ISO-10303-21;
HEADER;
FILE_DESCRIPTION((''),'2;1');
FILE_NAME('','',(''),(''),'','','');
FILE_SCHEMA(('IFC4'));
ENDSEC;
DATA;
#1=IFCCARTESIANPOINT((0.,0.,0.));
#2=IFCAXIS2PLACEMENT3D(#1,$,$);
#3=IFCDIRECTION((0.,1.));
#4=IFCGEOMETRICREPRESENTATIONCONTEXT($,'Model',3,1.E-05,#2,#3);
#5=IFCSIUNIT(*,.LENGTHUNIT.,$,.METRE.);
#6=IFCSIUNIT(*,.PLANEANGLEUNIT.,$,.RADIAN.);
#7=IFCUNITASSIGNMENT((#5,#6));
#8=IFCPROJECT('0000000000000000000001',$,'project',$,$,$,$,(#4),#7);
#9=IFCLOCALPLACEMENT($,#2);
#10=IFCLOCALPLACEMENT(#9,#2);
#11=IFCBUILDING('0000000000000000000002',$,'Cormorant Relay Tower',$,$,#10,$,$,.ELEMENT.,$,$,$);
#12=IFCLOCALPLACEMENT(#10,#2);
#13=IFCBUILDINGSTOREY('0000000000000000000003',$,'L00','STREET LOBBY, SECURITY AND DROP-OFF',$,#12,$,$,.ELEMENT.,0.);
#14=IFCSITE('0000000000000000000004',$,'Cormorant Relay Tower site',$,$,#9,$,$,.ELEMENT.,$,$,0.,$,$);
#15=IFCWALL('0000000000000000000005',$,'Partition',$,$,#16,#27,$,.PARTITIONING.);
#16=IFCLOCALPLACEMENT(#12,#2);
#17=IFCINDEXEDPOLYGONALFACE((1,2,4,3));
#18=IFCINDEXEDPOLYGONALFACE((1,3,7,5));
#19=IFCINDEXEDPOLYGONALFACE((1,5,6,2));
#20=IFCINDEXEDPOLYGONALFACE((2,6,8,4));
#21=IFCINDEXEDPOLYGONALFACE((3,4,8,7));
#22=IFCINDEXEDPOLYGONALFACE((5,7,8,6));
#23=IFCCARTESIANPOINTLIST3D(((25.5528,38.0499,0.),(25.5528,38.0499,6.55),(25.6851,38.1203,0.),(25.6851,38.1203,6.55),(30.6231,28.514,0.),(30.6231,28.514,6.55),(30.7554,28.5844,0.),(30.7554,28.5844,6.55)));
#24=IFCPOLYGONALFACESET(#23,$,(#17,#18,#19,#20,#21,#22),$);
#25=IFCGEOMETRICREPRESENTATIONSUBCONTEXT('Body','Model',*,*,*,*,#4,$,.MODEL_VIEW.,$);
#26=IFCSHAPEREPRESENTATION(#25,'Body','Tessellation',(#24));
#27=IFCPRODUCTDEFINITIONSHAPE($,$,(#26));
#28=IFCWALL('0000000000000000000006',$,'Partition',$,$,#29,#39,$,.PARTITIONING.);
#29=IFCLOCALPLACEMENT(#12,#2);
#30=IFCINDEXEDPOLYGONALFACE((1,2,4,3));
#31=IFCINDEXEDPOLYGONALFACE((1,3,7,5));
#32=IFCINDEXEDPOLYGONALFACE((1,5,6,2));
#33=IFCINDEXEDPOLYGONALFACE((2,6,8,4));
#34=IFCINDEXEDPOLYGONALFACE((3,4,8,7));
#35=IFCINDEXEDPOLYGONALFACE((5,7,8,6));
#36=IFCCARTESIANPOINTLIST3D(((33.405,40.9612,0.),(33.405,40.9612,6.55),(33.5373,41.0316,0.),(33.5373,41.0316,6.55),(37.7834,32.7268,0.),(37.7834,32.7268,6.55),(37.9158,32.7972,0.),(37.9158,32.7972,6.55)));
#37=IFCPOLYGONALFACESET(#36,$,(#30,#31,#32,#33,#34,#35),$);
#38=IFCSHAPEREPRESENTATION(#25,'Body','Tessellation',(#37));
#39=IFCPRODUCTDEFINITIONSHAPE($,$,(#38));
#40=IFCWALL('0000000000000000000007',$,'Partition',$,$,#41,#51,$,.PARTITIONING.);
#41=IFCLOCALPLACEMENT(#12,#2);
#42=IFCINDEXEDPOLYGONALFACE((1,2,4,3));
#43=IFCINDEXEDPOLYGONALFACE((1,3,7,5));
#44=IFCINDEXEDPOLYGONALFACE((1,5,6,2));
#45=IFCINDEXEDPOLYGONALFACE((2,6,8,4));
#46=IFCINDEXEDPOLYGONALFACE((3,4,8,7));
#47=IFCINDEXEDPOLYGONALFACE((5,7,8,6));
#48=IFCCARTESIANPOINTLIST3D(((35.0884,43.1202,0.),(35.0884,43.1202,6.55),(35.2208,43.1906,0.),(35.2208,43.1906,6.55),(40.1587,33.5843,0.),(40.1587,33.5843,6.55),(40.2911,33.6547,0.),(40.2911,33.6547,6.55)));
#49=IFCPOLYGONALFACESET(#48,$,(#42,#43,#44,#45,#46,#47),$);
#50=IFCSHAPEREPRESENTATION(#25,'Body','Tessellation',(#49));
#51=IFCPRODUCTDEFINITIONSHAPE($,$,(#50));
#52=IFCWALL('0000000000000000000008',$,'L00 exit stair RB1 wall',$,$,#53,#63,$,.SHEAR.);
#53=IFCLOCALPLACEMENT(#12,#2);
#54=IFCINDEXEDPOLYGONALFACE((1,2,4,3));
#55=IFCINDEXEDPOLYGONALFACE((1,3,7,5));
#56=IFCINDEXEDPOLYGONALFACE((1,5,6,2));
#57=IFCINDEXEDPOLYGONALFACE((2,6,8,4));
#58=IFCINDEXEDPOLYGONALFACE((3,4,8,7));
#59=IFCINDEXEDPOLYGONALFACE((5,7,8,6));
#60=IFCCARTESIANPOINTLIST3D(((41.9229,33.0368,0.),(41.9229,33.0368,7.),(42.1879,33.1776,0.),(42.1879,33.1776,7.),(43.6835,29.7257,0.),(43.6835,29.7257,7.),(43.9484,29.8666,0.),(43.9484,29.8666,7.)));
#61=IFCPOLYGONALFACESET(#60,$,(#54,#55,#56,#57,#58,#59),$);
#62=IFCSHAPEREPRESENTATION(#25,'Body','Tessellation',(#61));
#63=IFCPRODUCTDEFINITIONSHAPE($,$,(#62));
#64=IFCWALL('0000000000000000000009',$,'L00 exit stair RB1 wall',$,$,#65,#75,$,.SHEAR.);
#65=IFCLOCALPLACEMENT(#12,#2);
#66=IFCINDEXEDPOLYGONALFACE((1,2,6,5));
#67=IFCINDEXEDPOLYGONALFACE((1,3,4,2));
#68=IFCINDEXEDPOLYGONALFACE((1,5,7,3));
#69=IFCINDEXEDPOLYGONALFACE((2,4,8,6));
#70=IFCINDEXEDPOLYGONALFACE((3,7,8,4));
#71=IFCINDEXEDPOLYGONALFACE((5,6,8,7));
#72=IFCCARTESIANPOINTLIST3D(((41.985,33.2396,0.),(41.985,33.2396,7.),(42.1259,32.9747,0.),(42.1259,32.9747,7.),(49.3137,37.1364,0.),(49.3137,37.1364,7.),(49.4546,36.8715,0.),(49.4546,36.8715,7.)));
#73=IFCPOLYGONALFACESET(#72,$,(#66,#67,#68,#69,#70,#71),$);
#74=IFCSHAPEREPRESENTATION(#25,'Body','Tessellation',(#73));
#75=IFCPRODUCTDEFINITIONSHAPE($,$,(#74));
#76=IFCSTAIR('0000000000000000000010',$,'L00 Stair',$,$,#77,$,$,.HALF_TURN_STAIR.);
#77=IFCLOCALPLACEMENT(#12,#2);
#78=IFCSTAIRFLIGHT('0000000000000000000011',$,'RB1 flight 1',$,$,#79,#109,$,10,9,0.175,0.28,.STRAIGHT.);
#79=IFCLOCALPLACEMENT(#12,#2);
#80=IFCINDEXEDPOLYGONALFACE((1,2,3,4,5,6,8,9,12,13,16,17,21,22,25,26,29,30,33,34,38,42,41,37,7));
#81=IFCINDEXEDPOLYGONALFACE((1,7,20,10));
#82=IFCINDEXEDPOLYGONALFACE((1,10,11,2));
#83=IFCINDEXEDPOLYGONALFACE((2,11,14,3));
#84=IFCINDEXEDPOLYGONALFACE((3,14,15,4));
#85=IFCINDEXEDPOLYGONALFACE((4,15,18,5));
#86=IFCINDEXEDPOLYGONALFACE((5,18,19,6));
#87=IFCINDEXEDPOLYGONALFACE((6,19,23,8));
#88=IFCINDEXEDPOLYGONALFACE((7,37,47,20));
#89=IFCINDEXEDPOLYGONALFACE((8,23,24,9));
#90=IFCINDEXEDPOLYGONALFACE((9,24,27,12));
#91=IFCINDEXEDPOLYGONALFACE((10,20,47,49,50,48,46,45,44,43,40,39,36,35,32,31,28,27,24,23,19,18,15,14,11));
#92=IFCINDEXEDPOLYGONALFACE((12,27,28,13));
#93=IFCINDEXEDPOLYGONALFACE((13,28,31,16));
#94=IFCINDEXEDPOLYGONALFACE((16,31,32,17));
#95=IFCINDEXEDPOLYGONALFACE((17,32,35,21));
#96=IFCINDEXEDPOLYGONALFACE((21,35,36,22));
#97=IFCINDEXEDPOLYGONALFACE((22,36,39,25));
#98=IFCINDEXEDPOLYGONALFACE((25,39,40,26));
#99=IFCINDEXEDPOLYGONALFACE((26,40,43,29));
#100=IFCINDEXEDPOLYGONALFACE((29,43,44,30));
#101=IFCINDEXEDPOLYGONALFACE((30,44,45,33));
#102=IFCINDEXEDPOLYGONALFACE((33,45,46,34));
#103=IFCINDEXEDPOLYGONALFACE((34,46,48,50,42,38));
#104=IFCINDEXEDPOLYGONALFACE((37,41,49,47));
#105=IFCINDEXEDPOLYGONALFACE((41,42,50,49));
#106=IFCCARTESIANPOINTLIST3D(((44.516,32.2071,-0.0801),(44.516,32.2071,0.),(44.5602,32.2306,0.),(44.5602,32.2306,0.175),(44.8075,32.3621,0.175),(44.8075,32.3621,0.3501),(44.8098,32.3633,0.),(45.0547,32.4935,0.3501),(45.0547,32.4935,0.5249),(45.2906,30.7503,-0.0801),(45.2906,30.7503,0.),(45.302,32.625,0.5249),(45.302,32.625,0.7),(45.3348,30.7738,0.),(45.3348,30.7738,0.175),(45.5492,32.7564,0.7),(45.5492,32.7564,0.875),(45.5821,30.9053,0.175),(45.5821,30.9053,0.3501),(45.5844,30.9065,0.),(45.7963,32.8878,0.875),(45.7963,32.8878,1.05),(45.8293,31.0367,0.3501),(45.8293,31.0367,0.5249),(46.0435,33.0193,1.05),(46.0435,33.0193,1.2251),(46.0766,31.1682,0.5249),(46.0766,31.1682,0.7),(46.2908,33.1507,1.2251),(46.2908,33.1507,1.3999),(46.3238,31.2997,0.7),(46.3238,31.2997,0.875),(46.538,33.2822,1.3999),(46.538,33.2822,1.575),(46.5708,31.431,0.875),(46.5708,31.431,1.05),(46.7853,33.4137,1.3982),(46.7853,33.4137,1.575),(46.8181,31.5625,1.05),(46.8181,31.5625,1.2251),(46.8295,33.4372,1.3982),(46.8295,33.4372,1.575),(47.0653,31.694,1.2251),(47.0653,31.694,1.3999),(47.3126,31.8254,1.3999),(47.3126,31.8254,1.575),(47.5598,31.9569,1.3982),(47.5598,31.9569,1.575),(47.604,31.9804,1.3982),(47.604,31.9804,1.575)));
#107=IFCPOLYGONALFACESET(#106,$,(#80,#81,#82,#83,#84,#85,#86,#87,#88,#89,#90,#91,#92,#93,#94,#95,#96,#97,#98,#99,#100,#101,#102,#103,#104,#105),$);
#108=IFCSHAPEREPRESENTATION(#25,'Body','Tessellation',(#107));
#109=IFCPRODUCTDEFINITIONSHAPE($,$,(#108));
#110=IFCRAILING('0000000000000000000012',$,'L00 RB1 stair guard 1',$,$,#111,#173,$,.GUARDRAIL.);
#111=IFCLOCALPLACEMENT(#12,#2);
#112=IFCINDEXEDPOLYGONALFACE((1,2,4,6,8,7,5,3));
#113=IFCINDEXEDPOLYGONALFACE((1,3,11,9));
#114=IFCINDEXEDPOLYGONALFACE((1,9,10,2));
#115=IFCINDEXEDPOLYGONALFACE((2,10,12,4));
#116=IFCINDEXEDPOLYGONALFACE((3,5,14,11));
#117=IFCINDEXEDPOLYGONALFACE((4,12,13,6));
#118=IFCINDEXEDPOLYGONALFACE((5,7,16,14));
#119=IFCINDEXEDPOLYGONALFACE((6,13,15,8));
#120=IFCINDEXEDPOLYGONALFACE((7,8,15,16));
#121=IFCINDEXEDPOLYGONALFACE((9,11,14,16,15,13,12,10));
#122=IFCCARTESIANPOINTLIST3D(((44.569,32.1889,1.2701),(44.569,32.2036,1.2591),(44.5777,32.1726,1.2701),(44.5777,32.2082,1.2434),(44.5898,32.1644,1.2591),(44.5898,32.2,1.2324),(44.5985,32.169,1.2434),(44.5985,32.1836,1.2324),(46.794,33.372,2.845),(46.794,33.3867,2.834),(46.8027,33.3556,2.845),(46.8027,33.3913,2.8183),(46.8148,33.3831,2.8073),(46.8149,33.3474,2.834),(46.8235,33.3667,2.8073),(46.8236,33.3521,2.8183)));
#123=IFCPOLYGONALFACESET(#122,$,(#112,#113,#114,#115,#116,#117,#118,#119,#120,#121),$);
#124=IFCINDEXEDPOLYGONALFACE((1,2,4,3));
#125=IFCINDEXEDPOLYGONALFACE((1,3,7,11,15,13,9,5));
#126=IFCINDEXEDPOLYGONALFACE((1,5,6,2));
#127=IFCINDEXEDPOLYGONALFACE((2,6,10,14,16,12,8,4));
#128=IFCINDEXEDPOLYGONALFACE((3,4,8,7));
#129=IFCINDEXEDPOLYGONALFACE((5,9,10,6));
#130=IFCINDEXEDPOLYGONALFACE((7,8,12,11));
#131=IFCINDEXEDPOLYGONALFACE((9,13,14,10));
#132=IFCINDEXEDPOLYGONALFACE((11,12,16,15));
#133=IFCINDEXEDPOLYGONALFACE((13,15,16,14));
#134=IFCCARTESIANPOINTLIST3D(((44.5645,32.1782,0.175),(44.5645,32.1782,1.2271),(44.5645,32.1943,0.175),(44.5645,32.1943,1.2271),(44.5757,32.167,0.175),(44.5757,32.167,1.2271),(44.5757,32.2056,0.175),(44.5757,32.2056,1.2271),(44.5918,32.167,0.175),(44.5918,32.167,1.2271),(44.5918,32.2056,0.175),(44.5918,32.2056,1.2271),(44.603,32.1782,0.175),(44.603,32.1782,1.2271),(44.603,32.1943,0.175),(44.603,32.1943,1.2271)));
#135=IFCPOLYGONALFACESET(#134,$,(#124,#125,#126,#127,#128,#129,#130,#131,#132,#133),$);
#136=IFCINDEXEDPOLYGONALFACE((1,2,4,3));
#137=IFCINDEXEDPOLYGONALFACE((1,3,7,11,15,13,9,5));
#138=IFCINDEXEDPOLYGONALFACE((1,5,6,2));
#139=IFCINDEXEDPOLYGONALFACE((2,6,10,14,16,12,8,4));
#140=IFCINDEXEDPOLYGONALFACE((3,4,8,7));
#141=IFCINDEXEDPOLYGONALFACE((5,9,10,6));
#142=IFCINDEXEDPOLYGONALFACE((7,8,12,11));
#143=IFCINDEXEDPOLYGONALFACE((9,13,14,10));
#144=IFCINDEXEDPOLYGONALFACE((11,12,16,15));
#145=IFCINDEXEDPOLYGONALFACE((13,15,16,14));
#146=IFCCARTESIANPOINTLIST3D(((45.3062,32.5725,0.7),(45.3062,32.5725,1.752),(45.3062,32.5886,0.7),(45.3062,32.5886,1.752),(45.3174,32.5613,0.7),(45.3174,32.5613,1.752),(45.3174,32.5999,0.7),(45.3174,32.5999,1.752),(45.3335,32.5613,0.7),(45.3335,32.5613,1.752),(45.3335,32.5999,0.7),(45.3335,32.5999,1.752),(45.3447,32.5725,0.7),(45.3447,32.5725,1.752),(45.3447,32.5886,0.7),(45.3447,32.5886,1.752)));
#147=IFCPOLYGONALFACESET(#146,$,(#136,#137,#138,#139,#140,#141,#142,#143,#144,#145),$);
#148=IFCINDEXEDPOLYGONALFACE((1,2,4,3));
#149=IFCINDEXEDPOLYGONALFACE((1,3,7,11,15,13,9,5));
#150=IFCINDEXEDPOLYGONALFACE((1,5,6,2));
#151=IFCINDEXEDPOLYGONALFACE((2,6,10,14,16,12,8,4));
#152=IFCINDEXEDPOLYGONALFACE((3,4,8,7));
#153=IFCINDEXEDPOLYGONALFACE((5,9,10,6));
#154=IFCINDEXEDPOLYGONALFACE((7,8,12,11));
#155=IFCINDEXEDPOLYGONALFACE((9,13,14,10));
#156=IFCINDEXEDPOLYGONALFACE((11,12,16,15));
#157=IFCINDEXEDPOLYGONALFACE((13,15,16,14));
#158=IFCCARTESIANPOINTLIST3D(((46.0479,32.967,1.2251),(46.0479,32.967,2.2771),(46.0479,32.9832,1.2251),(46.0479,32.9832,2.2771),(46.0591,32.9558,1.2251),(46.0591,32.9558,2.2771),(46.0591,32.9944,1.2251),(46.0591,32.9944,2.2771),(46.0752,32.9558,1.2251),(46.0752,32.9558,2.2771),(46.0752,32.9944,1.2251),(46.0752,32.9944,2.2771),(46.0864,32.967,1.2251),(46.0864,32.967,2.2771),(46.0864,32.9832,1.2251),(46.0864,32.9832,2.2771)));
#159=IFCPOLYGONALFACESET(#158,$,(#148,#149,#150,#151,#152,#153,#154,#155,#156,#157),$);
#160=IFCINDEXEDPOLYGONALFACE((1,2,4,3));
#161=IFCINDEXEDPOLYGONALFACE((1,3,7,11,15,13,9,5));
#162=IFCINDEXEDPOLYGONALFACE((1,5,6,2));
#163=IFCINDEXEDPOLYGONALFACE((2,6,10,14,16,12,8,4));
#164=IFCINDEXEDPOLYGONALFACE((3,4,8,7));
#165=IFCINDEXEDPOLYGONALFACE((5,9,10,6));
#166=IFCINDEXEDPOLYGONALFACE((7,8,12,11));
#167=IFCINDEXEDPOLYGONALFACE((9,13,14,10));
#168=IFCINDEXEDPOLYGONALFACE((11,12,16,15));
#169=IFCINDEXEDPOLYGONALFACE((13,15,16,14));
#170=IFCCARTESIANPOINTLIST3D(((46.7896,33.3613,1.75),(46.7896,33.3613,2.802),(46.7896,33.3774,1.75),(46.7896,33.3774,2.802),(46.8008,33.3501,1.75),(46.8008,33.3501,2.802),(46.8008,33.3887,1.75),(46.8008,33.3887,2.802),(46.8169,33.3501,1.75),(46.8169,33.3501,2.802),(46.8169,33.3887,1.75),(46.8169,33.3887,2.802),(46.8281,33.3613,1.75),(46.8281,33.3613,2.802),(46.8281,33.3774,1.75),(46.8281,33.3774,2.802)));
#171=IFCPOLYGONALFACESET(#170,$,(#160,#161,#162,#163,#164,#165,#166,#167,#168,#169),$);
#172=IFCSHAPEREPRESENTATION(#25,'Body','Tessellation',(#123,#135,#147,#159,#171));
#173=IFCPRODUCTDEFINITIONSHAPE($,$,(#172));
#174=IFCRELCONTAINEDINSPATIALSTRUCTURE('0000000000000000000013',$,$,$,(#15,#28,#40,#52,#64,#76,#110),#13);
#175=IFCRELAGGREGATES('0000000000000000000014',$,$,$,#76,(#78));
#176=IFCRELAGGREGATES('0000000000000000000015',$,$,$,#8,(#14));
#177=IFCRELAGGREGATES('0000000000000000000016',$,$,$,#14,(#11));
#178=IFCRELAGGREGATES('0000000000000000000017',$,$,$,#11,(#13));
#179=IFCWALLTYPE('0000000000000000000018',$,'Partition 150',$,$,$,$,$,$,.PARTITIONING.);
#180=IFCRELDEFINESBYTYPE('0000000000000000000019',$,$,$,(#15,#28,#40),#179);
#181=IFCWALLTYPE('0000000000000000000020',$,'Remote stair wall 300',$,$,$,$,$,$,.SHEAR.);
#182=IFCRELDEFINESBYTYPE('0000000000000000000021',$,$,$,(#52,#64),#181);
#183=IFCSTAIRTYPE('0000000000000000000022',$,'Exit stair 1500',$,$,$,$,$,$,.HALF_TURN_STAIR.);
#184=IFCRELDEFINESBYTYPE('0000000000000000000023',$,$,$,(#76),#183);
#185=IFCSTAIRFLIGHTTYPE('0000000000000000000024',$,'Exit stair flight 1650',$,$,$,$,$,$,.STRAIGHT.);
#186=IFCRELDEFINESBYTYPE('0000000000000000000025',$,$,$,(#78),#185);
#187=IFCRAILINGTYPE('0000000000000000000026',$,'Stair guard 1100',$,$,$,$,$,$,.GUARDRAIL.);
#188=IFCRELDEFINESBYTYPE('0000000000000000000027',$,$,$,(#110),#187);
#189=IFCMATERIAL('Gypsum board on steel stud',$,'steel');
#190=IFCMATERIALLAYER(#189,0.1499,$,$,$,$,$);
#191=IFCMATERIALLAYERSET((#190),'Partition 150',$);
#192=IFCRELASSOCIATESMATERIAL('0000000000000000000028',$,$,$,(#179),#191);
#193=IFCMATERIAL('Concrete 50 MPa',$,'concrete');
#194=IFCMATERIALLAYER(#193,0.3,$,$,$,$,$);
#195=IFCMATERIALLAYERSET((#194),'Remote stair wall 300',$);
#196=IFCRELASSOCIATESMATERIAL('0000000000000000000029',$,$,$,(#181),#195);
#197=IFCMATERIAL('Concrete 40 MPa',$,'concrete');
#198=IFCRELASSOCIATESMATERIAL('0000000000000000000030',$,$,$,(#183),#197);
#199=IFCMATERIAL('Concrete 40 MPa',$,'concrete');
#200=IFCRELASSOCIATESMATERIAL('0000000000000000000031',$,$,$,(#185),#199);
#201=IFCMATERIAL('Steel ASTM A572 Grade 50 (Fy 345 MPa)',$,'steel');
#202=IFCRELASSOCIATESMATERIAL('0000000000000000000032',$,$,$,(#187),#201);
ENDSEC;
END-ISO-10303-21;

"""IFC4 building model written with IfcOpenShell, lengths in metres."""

from ifc_helpers import new_model, si_unit, direction, frame, frame_2d, origin, place, context, subcontext, project, spatial, polyline, rectangle, outline, extrude, material, layer, layer_set, type_object, element, aggregate, save


model = new_model("IFC4")

# Units and contexts
model_context = context("Model", 3, precision=1e-05, world=origin(), true_north=direction((0.0, 1.0)))
body_context = subcontext(model_context, "Body", "Model", "MODEL_VIEW")
ifc_project = project(units=[si_unit("LENGTHUNIT", "METRE"), si_unit("PLANEANGLEUNIT", "RADIAN")], contexts=[model_context])

# Site, building, storey
site_placement = place(None, origin())
site = spatial("IfcSite", under=ifc_project, at=site_placement, Name="Cormorant Relay Tower site", CompositionType="ELEMENT", RefElevation=0.0)
building_placement = place(site_placement, origin())
building = spatial("IfcBuilding", under=site, at=building_placement, Name="Cormorant Relay Tower", CompositionType="ELEMENT")
storey_placement = place(building_placement, origin())
storey = spatial("IfcBuildingStorey", under=building, at=storey_placement, Name="L00", Description="STREET LOBBY, SECURITY AND DROP-OFF", CompositionType="ELEMENT", Elevation=0.0)

# Shared definitions
ifc_material_1 = material(Name="Gypsum board on steel stud", Category="steel")
ifc_layer_1 = layer(ifc_material_1, 0.1499)
ifc_layer_set_1 = layer_set([ifc_layer_1], Name="Partition 150")
wall_type_1 = type_object("IfcWallType", Name="Partition 150", PredefinedType="PARTITIONING", material=ifc_layer_set_1)

# Walls
wall_1_placement = place(storey_placement, frame((30.6892, 28.5493, 0.0), z_axis=(0.0, 0.0, 1.0), x_axis=(-0.469471, 0.882948, 0.0)))
element("IfcWall", 1, at=wall_1_placement, inside=storey, type_object=wall_type_1, Name="Partition", PredefinedType="PARTITIONING", context=body_context, shape_type="SweptSolid", body=[
    extrude(rectangle(XDim=10.8, YDim=0.1499, at=frame_2d((5.3999, 0.0))), origin(), (0.0, 0.0, 1.0), 6.55),
])
wall_2_placement = place(storey_placement, frame((37.8496, 32.762, 0.0), z_axis=(0.0, 0.0, 1.0), x_axis=(-0.469482, 0.882942, 0.0)))
element("IfcWall", 2, at=wall_2_placement, inside=storey, type_object=wall_type_1, Name="Partition", PredefinedType="PARTITIONING", context=body_context, shape_type="SweptSolid", body=[
    extrude(rectangle(XDim=9.3262, YDim=0.1499, at=frame_2d((4.6631, 0.0))), origin(), (0.0, 0.0, 1.0), 6.55),
])
wall_3_placement = place(storey_placement, frame((40.2249, 33.6196, 0.0), z_axis=(0.0, 0.0, 1.0), x_axis=(-0.469471, 0.882948, 0.0)))
element("IfcWall", 3, at=wall_3_placement, inside=storey, type_object=wall_type_1, Name="Partition", PredefinedType="PARTITIONING", context=body_context, shape_type="SweptSolid", body=[
    extrude(rectangle(XDim=10.8, YDim=0.1499, at=frame_2d((5.3999, 0.0))), origin(), (0.0, 0.0, 1.0), 6.55),
])
ifc_material_2 = material(Name="Concrete 50 MPa", Category="concrete")
ifc_layer_2 = layer(ifc_material_2, 0.3)
ifc_layer_set_2 = layer_set([ifc_layer_2], Name="Remote stair wall 300")
wall_type_2 = type_object("IfcWallType", Name="Remote stair wall 300", PredefinedType="SHEAR", material=ifc_layer_set_2)
wall_4_placement = place(storey_placement, frame((43.8159, 29.7961, 0.0), z_axis=(0.0, 0.0, 1.0), x_axis=(-0.469469, 0.882949, 0.0)))
element("IfcWall", 4, at=wall_4_placement, inside=storey, type_object=wall_type_2, Name="L00 exit stair RB1 wall", PredefinedType="SHEAR", context=body_context, shape_type="SweptSolid", body=[
    extrude(rectangle(XDim=3.75, YDim=0.3, at=frame_2d((1.875, 0.0))), origin(), (0.0, 0.0, 1.0), 7.0),
])
wall_5_placement = place(storey_placement, frame((42.0554, 33.1072, 0.0), z_axis=(0.0, 0.0, 1.0), x_axis=(0.882946, 0.469475, 0.0)))
element("IfcWall", 5, at=wall_5_placement, inside=storey, type_object=wall_type_2, Name="L00 exit stair RB1 wall", PredefinedType="SHEAR", context=body_context, shape_type="SweptSolid", body=[
    extrude(rectangle(XDim=8.3003, YDim=0.3, at=frame_2d((4.1501, 0.0))), origin(), (0.0, 0.0, 1.0), 7.0),
])

# Stair, stair flight
ifc_material_3 = material(Name="Concrete 40 MPa", Category="concrete")
stair_type = type_object("IfcStairType", Name="Exit stair 1500", PredefinedType="HALF_TURN_STAIR", material=ifc_material_3)
stair_placement = place(storey_placement, origin())
stair = element("IfcStair", 6, at=stair_placement, inside=storey, type_object=stair_type, Name="L00 Stair", PredefinedType="HALF_TURN_STAIR")
ifc_material_4 = material(Name="Concrete 40 MPa", Category="concrete")
stair_flight_type = type_object("IfcStairFlightType", Name="Exit stair flight 1650", PredefinedType="STRAIGHT", material=ifc_material_4)
stair_flight_placement = place(storey_placement, frame((44.9475, 31.5022, 0.0), z_axis=(0.0, 0.0, 1.0), x_axis=(0.882948, 0.469472, 0.0)))
stair_flight = element("IfcStairFlight", 7, at=stair_flight_placement, type_object=stair_flight_type, Name="RB1 flight 1", NumberOfRisers=10, NumberOfTreads=9, PredefinedType="STRAIGHT", RiserHeight=0.175, TreadLength=0.28, context=body_context, shape_type="SweptSolid", body=[
    extrude(outline(polyline([(-0.05, -0.0801), (-0.05, 0.0), (0.0, 0.0), (0.0, 0.175), (0.28, 0.175), (0.28, 0.3501), (0.5601, 0.3501), (0.5601, 0.5249), (0.8401, 0.5249), (0.8401, 0.7), (1.1201, 0.7), (1.1201, 0.875), (1.3999, 0.875), (1.3999, 1.05), (1.6799, 1.05), (1.6799, 1.2251), (1.96, 1.2251), (1.96, 1.3999), (2.24, 1.3999), (2.24, 1.575), (2.52, 1.575), (2.5701, 1.575), (2.5701, 1.3982), (2.52, 1.3982), (0.2827, 0.0), (-0.05, -0.0801)])), frame((0.0, 0.825, 0.0), z_axis=(0.0, -1.0, 0.0), x_axis=(1.0, 0.0, 0.0)), (0.0, 0.0, 1.0), 1.6499),
])
aggregate(stair, [stair_flight])

# Railing
ifc_material_5 = material(Name="Steel ASTM A572 Grade 50 (Fy 345 MPa)", Category="steel")
railing_type_1 = type_object("IfcRailingType", Name="Stair guard 1100", PredefinedType="GUARDRAIL", material=ifc_material_5)
railing_1_placement = place(storey_placement, frame((44.5837, 32.1863, 0.175)))
element("IfcRailing", 8, at=railing_1_placement, inside=storey, type_object=railing_type_1, Name="L00 RB1 stair guard 1", PredefinedType="GUARDRAIL", context=body_context, shape_type="SweptSolid", body=[
    extrude(outline(polyline([(0.0222, 0.0093), (0.0093, 0.0222), (-0.0093, 0.0222), (-0.0222, 0.0093), (-0.0222, -0.0093), (-0.0093, -0.0222), (0.0093, -0.0222), (0.0222, -0.0093), (0.0222, 0.0093)])), frame((0.0, 0.0, 1.0762), z_axis=(0.748751, 0.398118, 0.529975), x_axis=(-0.469472, 0.882948, 0.0)), (0.0, 0.0, 1.0), 2.9717),
    extrude(outline(polyline([(0.0193, 0.0081), (0.0081, 0.0193), (-0.0081, 0.0193), (-0.0193, 0.0081), (-0.0193, -0.0081), (-0.0081, -0.0193), (0.0081, -0.0193), (0.0193, -0.0081), (0.0193, 0.0081)])), origin(), (0.0, 0.0, 1.0), 1.052),
    extrude(outline(polyline([(0.0193, 0.0081), (0.0081, 0.0193), (-0.0081, 0.0193), (-0.0193, 0.0081), (-0.0193, -0.0081), (-0.0081, -0.0193), (0.0081, -0.0193), (0.0193, -0.0081), (0.0193, 0.0081)])), frame((0.7417, 0.3943, 0.5249)), (0.0, 0.0, 1.0), 1.052),
    extrude(outline(polyline([(0.0193, 0.0081), (0.0081, 0.0193), (-0.0081, 0.0193), (-0.0193, 0.0081), (-0.0193, -0.0081), (-0.0081, -0.0193), (0.0081, -0.0193), (0.0193, -0.0081), (0.0193, 0.0081)])), frame((1.4834, 0.7888, 1.05)), (0.0, 0.0, 1.0), 1.052),
    extrude(outline(polyline([(0.0193, 0.0081), (0.0081, 0.0193), (-0.0081, 0.0193), (-0.0193, 0.0081), (-0.0193, -0.0081), (-0.0081, -0.0193), (0.0081, -0.0193), (0.0193, -0.0081), (0.0193, 0.0081)])), frame((2.2251, 1.1831, 1.575)), (0.0, 0.0, 1.0), 1.052),
])

save(model, "model.ifc")
